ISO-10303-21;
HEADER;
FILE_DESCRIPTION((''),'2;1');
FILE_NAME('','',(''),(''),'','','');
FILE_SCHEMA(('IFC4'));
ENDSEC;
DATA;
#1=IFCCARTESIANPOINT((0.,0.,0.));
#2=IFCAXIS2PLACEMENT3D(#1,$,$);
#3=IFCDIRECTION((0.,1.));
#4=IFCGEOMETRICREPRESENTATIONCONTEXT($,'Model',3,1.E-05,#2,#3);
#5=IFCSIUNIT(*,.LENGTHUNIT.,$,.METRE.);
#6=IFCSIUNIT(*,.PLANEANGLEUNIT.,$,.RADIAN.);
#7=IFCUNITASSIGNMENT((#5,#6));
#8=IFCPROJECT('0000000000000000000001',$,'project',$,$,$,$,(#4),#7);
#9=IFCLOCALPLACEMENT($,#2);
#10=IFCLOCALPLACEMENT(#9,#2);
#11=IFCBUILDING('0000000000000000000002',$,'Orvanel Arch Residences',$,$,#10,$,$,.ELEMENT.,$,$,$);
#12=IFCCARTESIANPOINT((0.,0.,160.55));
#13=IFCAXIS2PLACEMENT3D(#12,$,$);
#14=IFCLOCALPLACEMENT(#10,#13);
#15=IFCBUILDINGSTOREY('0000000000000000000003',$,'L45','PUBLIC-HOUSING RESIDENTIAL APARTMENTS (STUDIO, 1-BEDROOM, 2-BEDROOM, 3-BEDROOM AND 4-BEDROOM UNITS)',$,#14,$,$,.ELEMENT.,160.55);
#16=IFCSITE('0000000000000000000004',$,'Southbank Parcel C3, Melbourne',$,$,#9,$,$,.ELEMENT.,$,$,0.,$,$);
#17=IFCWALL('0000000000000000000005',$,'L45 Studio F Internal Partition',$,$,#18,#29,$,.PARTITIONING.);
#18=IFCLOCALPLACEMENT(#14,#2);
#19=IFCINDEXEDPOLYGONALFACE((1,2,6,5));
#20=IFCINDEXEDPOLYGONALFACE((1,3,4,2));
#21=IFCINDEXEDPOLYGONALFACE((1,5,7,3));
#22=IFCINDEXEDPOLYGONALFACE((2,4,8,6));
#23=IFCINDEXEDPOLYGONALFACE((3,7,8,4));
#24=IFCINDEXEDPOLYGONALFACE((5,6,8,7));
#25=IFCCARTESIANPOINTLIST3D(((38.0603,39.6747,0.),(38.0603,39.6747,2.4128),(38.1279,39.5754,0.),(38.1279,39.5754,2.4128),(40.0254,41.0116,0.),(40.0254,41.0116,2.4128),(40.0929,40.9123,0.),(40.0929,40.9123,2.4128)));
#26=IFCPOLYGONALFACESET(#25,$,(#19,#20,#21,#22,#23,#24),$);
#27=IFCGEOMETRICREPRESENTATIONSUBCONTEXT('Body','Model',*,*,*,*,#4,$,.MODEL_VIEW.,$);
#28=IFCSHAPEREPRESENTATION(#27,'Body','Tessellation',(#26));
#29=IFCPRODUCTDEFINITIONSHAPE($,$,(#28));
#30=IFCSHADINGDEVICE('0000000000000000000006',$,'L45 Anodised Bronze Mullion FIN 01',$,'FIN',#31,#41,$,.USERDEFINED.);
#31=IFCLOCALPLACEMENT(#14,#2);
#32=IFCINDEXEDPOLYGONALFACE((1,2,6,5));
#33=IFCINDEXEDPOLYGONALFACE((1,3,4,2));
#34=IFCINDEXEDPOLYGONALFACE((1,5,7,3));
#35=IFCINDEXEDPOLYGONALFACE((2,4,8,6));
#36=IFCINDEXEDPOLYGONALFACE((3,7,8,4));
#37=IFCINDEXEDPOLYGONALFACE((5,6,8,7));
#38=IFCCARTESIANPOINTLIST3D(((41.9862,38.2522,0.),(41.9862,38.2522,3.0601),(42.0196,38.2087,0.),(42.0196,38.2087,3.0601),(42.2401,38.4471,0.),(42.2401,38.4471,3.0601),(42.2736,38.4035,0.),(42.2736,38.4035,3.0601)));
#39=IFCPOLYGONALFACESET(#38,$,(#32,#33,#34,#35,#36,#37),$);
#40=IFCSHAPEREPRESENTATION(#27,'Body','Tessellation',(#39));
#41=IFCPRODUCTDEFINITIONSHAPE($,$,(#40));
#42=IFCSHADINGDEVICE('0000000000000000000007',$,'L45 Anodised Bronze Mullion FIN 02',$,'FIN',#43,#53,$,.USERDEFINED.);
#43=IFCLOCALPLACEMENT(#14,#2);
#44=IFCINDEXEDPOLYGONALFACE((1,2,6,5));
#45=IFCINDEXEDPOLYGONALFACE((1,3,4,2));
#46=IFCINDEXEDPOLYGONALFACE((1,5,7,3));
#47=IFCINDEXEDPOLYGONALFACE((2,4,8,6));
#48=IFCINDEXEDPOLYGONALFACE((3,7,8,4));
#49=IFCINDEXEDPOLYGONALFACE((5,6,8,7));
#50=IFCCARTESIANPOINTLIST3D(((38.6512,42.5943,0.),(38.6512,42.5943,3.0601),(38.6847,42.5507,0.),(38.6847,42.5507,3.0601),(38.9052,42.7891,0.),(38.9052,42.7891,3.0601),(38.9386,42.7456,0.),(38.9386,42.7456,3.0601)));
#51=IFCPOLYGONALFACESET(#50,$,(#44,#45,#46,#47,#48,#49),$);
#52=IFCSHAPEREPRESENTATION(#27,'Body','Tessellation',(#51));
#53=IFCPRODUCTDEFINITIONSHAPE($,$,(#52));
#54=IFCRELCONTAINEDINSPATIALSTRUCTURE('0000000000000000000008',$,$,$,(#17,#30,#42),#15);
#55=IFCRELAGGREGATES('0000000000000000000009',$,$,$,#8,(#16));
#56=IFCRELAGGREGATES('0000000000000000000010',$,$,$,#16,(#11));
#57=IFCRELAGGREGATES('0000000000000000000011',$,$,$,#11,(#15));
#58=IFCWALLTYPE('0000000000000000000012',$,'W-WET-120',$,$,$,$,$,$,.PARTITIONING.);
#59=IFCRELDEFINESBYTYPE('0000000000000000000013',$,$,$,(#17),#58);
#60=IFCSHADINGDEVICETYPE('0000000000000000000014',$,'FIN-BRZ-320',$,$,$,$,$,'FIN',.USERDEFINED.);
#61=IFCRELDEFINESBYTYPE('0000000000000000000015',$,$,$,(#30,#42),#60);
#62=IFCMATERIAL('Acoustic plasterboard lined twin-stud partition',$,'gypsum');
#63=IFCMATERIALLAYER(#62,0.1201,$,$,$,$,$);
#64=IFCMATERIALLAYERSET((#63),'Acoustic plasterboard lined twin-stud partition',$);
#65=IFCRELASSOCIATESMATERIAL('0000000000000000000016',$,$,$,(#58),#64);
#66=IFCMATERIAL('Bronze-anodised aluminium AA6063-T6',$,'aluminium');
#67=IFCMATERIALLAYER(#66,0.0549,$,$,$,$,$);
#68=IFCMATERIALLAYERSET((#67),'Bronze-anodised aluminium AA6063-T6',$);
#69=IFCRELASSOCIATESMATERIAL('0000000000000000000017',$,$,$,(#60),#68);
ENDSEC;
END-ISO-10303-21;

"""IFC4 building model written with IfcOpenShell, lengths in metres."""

from ifc_helpers import new_model, si_unit, direction, frame, frame_2d, origin, origin_2d, place, context, subcontext, project, spatial, rectangle, extrude, material, layer, layer_set, type_object, element, save


model = new_model("IFC4")

# Units and contexts
model_context = context("Model", 3, precision=1e-05, world=origin(), true_north=direction((0.0, 1.0)))
body_context = subcontext(model_context, "Body", "Model", "MODEL_VIEW")
ifc_project = project(units=[si_unit("LENGTHUNIT", "METRE"), si_unit("PLANEANGLEUNIT", "RADIAN")], contexts=[model_context])

# Site, building, storey
site_placement = place(None, origin())
site = spatial("IfcSite", under=ifc_project, at=site_placement, Name="Southbank Parcel C3, Melbourne", CompositionType="ELEMENT", RefElevation=0.0)
building_placement = place(site_placement, origin())
building = spatial("IfcBuilding", under=site, at=building_placement, Name="Orvanel Arch Residences", CompositionType="ELEMENT")
storey_placement = place(building_placement, frame((0.0, 0.0, 160.55)))
storey = spatial("IfcBuildingStorey", under=building, at=storey_placement, Name="L45", Description="PUBLIC-HOUSING RESIDENTIAL APARTMENTS (STUDIO, 1-BEDROOM, 2-BEDROOM, 3-BEDROOM AND 4-BEDROOM UNITS)", CompositionType="ELEMENT", Elevation=160.55)

# Shared definitions
ifc_material_1 = material(Name="Bronze-anodised aluminium AA6063-T6", Category="aluminium")

# Wall
ifc_material_2 = material(Name="Acoustic plasterboard lined twin-stud partition", Category="gypsum")
ifc_layer_1 = layer(ifc_material_2, 0.1201)
ifc_layer_set_1 = layer_set([ifc_layer_1], Name="Acoustic plasterboard lined twin-stud partition")
wall_type = type_object("IfcWallType", Name="W-WET-120", PredefinedType="PARTITIONING", material=ifc_layer_set_1)
wall_placement = place(storey_placement, frame((38.094, 39.625, 0.0), z_axis=(0.0, 0.0, 1.0), x_axis=(0.826798, 0.562498, 0.0)))
element("IfcWall", 1, at=wall_placement, inside=storey, type_object=wall_type, Name="L45 Studio F Internal Partition", PredefinedType="PARTITIONING", context=body_context, shape_type="SweptSolid", body=[
    extrude(rectangle(XDim=2.3767, YDim=0.1201, at=frame_2d((1.1885, 0.0))), origin(), (0.0, 0.0, 1.0), 2.4128),
])

# Shading devices
ifc_layer_2 = layer(ifc_material_1, 0.0549)
ifc_layer_set_2 = layer_set([ifc_layer_2], Name="Bronze-anodised aluminium AA6063-T6")
shading_device_type = type_object("IfcShadingDeviceType", Name="FIN-BRZ-320", ElementType="FIN", PredefinedType="USERDEFINED", material=ifc_layer_set_2)
for number, where, z_axis, x_axis, name in (
    (2, (42.1299, 38.3279, 0.0), (0.0, 0.0, 1.0), (0.793353, 0.608761, 0.0), "L45 Anodised Bronze Mullion FIN 01"),
    (3, (38.7949, 42.6699, 0.0), (0.0, 0.0, 1.0), (0.793353, 0.608761, 0.0), "L45 Anodised Bronze Mullion FIN 02"),
):
    element("IfcShadingDevice", number, at=place(storey_placement, frame(where, z_axis=z_axis, x_axis=x_axis)), inside=storey, type_object=shading_device_type, Name=name, ObjectType="FIN", PredefinedType="USERDEFINED", context=body_context, shape_type="SweptSolid", body=[
        extrude(rectangle(XDim=0.3201, YDim=0.0549, at=origin_2d()), origin(), (0.0, 0.0, 1.0), 3.0601),
    ])

save(model, "model.ifc")
